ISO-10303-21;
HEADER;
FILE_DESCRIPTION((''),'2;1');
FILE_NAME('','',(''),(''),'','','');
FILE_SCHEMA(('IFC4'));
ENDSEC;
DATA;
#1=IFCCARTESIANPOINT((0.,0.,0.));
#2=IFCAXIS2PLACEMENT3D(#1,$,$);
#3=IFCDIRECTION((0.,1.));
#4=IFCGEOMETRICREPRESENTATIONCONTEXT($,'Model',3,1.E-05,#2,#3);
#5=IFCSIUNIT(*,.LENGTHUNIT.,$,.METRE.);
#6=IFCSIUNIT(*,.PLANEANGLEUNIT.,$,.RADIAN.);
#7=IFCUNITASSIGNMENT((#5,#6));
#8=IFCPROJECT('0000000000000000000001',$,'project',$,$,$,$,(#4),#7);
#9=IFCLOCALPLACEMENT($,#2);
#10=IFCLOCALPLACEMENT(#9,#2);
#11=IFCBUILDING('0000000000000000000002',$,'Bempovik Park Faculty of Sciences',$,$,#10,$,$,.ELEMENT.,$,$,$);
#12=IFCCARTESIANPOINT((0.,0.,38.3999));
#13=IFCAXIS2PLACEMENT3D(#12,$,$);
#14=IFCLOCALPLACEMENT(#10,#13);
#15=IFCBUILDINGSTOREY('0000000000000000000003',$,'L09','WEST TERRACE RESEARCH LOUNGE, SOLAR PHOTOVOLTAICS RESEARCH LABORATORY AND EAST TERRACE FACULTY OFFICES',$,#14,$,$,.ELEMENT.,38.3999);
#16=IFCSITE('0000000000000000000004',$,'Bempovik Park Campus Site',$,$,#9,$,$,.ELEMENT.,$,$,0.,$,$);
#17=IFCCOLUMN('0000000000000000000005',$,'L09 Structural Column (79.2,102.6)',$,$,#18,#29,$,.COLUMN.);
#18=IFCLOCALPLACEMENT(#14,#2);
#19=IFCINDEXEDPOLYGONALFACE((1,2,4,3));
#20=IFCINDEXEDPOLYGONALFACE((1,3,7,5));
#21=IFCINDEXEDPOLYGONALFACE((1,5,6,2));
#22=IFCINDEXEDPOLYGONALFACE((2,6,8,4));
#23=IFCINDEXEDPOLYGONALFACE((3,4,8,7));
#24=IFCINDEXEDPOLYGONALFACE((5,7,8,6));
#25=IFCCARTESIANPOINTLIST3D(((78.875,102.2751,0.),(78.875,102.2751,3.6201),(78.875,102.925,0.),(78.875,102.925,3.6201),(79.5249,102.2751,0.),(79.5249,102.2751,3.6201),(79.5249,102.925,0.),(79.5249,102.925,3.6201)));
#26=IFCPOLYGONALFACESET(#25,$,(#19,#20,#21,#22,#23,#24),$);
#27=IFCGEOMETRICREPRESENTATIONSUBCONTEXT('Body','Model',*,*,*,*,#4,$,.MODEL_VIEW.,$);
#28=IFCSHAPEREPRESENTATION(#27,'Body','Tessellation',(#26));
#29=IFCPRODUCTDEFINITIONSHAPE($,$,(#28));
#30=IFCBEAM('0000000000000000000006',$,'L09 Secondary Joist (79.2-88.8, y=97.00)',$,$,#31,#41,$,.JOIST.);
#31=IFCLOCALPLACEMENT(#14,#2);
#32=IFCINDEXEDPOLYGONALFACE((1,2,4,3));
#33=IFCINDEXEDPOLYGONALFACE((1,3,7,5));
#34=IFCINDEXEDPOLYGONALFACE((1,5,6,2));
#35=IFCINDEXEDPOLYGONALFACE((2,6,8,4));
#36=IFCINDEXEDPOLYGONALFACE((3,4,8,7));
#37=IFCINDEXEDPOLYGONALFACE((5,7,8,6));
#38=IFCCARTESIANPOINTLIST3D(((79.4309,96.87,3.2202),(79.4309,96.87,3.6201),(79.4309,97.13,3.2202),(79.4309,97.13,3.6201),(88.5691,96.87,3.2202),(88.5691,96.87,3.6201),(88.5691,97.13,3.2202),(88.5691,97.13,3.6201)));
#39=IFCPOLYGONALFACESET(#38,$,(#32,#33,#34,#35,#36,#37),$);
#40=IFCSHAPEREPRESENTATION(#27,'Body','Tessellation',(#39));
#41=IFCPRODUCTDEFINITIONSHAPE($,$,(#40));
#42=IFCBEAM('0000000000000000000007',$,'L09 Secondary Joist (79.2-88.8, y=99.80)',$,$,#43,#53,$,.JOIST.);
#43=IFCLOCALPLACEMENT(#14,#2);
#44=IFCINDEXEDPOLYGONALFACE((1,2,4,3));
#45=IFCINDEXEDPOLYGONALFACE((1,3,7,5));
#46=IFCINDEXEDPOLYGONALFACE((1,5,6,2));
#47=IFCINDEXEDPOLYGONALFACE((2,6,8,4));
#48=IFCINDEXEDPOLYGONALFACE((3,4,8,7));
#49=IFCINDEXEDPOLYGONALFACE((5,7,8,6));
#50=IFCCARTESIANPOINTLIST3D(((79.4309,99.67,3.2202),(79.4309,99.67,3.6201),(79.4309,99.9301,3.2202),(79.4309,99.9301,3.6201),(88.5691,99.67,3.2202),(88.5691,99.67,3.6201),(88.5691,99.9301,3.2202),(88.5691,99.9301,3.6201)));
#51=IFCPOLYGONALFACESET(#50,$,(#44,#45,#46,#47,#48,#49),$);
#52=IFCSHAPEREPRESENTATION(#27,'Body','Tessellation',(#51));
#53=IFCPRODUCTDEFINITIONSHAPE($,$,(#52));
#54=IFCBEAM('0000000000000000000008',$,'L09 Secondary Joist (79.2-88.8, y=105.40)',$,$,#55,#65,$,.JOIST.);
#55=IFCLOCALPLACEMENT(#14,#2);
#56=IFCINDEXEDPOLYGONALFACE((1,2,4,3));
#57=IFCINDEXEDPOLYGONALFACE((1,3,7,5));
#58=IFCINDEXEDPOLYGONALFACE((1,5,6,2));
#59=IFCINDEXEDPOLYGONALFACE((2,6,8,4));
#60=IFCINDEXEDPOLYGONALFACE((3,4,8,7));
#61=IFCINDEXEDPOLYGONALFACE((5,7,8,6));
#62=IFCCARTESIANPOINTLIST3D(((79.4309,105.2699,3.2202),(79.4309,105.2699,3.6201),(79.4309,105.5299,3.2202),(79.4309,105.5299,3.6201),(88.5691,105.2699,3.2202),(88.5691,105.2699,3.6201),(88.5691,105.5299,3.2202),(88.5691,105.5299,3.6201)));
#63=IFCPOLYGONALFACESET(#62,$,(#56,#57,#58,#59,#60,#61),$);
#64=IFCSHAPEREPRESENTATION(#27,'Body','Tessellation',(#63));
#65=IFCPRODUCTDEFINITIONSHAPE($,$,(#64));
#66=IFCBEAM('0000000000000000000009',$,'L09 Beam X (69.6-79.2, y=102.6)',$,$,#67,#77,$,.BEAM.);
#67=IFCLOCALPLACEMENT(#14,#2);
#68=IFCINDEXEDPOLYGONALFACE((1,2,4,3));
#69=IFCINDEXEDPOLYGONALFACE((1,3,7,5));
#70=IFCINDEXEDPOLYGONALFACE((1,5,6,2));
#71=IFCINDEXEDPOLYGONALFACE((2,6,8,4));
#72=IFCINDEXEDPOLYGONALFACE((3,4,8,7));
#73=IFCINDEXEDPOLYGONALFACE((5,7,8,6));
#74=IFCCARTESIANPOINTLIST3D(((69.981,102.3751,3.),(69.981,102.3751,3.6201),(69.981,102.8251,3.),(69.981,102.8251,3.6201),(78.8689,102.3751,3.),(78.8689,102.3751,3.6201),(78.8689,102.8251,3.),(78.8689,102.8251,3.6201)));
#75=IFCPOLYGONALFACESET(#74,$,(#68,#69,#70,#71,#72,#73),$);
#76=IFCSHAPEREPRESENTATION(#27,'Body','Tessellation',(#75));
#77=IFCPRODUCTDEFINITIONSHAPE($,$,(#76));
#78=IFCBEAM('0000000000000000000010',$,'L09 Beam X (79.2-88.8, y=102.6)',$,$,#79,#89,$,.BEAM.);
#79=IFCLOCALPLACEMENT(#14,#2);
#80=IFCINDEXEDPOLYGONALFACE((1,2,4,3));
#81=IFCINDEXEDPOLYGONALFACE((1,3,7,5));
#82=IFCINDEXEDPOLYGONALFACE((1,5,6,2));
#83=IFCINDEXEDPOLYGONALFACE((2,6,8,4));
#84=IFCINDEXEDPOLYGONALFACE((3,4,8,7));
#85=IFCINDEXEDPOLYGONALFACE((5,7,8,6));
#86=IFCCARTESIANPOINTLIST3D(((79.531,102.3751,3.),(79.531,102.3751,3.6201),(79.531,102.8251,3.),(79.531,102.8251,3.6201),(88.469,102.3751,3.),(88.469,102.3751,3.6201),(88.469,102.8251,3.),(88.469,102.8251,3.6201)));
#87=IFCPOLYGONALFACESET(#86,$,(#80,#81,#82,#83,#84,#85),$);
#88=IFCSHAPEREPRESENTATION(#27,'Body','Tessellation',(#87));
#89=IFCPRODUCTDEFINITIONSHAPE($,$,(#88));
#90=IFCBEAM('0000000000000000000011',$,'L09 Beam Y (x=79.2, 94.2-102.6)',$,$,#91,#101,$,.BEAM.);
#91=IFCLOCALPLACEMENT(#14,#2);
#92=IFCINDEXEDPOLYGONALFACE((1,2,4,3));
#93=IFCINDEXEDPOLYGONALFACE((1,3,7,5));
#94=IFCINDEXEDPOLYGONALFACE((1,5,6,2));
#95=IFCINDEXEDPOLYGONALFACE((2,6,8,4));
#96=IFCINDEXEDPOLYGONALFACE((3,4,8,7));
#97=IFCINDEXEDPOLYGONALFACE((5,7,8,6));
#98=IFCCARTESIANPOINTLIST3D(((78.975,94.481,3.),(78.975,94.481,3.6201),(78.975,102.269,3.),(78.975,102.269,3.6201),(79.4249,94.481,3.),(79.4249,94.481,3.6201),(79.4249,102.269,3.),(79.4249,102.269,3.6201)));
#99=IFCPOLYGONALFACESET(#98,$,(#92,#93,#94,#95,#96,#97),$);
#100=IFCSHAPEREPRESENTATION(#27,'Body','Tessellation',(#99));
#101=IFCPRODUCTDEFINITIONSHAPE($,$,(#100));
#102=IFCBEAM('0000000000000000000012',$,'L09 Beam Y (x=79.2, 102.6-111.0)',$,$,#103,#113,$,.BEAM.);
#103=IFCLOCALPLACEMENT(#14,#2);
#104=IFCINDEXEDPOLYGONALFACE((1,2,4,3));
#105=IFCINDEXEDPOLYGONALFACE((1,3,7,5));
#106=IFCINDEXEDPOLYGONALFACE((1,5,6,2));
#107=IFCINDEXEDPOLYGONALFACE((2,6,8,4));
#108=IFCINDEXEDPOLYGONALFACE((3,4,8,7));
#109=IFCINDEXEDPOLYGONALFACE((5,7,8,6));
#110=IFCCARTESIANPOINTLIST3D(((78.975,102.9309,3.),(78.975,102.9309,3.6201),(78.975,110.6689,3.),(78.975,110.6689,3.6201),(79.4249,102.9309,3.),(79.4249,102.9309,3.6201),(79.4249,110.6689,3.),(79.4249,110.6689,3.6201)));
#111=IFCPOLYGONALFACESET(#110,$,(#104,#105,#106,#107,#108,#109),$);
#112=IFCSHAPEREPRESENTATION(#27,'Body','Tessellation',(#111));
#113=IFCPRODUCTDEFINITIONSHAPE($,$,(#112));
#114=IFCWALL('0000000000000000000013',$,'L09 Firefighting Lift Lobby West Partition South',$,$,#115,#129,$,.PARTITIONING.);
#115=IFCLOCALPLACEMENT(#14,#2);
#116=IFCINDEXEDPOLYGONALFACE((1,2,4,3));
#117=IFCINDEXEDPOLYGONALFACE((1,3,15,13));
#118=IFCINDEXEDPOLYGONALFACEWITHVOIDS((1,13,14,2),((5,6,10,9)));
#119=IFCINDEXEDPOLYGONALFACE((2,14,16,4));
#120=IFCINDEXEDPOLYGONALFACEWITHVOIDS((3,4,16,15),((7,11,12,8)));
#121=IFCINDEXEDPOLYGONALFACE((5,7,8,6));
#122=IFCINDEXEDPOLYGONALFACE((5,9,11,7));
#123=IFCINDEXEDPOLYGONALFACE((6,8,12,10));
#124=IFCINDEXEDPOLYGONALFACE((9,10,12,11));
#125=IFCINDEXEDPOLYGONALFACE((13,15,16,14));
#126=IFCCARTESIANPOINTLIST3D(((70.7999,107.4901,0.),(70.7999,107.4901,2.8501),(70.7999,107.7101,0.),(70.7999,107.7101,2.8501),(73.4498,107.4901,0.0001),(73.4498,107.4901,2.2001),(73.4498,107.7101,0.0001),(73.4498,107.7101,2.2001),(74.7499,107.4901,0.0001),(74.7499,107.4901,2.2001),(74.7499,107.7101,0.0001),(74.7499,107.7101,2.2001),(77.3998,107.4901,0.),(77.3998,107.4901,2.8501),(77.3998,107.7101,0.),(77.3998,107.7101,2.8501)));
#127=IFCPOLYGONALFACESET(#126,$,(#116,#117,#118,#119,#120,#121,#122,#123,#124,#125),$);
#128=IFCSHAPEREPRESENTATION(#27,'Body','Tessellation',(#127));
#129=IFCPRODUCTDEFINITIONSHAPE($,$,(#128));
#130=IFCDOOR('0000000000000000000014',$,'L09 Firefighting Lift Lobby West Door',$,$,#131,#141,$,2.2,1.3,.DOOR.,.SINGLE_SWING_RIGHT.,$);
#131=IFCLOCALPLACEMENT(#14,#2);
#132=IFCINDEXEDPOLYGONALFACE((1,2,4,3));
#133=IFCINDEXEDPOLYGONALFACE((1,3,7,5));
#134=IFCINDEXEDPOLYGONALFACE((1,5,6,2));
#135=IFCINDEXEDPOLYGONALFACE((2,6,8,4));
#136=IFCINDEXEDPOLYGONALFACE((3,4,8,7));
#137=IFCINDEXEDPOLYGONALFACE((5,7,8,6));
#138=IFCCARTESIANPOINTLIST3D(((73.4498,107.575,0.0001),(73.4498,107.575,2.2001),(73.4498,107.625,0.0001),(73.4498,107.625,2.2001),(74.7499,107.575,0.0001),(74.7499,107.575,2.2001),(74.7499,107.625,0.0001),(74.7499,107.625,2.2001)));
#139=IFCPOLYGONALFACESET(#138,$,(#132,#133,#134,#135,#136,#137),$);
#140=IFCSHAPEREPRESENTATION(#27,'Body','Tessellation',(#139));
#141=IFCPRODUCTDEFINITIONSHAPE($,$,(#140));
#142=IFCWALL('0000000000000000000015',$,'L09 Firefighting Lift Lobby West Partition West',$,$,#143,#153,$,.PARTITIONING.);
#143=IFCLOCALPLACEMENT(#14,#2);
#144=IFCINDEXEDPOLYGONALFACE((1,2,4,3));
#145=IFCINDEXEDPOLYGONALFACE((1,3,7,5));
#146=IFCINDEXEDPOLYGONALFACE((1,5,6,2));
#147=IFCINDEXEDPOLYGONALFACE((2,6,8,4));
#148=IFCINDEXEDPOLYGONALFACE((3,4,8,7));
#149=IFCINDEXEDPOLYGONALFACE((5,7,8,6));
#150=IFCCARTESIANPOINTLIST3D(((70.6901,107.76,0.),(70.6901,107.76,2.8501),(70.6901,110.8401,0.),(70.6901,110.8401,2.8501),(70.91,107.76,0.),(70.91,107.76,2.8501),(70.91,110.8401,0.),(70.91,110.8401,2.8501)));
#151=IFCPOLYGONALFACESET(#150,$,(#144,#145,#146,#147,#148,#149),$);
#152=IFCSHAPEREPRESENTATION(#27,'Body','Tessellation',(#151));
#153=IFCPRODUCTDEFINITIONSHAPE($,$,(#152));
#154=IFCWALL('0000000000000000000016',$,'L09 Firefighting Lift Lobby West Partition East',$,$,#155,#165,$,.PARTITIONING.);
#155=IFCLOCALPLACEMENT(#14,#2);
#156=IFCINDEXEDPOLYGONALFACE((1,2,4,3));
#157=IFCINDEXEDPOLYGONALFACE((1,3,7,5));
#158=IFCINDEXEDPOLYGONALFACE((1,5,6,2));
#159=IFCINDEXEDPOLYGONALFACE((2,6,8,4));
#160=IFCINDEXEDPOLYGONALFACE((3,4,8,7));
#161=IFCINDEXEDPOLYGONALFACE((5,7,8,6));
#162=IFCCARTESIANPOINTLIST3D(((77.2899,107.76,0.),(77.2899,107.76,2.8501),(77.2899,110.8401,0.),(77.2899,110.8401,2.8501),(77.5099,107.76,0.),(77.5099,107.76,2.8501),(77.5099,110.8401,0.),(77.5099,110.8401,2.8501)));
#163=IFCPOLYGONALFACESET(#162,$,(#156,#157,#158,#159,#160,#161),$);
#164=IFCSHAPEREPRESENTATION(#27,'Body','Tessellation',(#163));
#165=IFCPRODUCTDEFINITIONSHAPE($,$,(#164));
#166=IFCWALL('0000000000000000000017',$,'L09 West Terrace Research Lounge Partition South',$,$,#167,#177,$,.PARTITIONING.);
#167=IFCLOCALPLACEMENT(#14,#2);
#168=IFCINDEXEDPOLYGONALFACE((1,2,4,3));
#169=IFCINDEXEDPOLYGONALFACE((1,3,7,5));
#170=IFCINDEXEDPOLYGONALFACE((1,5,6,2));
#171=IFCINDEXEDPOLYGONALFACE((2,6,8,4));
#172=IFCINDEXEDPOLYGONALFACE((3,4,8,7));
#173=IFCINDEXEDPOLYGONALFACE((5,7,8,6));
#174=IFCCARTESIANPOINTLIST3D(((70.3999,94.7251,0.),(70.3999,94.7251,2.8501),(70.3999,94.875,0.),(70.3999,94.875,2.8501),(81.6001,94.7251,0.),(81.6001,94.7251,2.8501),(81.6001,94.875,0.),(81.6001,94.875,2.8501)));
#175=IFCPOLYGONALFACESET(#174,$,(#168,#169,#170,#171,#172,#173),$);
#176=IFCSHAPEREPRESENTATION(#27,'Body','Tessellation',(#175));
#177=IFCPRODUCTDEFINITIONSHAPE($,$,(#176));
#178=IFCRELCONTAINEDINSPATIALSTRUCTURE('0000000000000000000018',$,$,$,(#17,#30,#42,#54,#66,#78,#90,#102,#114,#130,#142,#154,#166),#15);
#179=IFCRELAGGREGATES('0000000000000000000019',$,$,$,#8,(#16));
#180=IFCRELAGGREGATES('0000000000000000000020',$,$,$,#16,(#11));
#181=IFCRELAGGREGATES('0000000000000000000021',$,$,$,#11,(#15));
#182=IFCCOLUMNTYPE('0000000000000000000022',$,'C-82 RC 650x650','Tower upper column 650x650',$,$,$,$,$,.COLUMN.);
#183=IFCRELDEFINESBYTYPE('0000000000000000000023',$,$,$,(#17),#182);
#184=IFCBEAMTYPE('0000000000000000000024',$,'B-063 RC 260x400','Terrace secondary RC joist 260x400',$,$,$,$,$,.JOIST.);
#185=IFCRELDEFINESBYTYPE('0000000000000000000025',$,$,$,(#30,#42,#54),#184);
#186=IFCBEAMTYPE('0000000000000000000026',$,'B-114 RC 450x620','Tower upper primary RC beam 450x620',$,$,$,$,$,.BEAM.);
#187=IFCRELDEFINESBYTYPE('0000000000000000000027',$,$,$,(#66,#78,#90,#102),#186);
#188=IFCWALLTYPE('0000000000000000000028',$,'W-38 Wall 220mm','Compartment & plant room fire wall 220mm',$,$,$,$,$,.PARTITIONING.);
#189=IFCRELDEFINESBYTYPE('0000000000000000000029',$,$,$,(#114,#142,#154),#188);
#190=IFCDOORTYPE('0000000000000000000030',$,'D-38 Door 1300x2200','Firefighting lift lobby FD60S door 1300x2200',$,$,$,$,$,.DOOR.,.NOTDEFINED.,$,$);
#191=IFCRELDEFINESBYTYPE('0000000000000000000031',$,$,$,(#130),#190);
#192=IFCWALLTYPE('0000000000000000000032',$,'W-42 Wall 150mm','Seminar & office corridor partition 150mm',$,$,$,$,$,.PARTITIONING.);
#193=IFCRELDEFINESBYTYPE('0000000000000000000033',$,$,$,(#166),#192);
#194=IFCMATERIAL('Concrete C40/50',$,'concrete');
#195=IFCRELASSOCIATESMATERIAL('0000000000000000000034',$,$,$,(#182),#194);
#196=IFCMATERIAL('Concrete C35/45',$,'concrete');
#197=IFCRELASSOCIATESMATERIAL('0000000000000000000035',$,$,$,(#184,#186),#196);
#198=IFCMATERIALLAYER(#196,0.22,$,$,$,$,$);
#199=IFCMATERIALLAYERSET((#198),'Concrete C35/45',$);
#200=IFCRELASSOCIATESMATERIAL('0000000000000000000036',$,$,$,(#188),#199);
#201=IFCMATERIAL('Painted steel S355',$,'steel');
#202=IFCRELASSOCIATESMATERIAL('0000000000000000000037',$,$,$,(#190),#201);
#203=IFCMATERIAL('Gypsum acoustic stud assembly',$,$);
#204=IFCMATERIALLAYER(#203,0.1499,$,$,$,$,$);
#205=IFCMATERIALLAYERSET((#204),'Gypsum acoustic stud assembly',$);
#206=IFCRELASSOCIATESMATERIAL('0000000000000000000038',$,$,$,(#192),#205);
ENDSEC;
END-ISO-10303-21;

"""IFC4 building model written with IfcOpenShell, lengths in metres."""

from ifc_helpers import new_model, si_unit, direction, frame, frame_2d, origin, origin_2d, place, context, subcontext, project, spatial, rectangle, extrude, material, layer, layer_set, material_profile, profile_set, type_object, element, fill, save


model = new_model("IFC4")

# Units and contexts
model_context = context("Model", 3, precision=1e-05, world=origin(), true_north=direction((0.0, 1.0)))
body_context = subcontext(model_context, "Body", "Model", "MODEL_VIEW")
ifc_project = project(units=[si_unit("LENGTHUNIT", "METRE"), si_unit("PLANEANGLEUNIT", "RADIAN")], contexts=[model_context])

# Site, building, storey
site_placement = place(None, origin())
site = spatial("IfcSite", under=ifc_project, at=site_placement, Name="Bempovik Park Campus Site", CompositionType="ELEMENT", RefElevation=0.0)
building_placement = place(site_placement, origin())
building = spatial("IfcBuilding", under=site, at=building_placement, Name="Bempovik Park Faculty of Sciences", CompositionType="ELEMENT")
storey_placement = place(building_placement, frame((0.0, 0.0, 38.3999)))
storey = spatial("IfcBuildingStorey", under=building, at=storey_placement, Name="L09", Description="WEST TERRACE RESEARCH LOUNGE, SOLAR PHOTOVOLTAICS RESEARCH LABORATORY AND EAST TERRACE FACULTY OFFICES", CompositionType="ELEMENT", Elevation=38.3999)

# Column
ifc_material_1 = material(Name="Concrete C40/50", Category="concrete")
ifc_material_profile_1 = material_profile(ifc_material_1, rectangle(XDim=0.6499, YDim=0.6499, at=origin_2d()), Name="RC 650x650")
ifc_profile_set_1 = profile_set([ifc_material_profile_1], Name="Concrete C40/50")
column_type = type_object("IfcColumnType", Name="C-82 RC 650x650", Description="Tower upper column 650x650", PredefinedType="COLUMN", material=ifc_profile_set_1)
column_placement = place(storey_placement, frame((79.2, 102.6001, 0.0), z_axis=(0.0, 0.0, 1.0), x_axis=(1.0, 0.0, 0.0)))
element("IfcColumn", 1, at=column_placement, inside=storey, type_object=column_type, Name="L09 Structural Column (79.2,102.6)", PredefinedType="COLUMN", context=body_context, shape_type="SweptSolid", body=[
    extrude(rectangle(XDim=0.6499, YDim=0.6499, at=origin_2d()), origin(), (0.0, 0.0, 1.0), 3.6201),
])

# Beams
ifc_material_2 = material(Name="Concrete C35/45", Category="concrete")
ifc_material_profile_2 = material_profile(ifc_material_2, rectangle(XDim=0.26, YDim=0.3999, at=origin_2d()), Name="RC 260x400")
ifc_profile_set_2 = profile_set([ifc_material_profile_2], Name="Concrete C35/45")
beam_type_1 = type_object("IfcBeamType", Name="B-063 RC 260x400", Description="Terrace secondary RC joist 260x400", PredefinedType="JOIST", material=ifc_profile_set_2)
for number, where, z_axis, x_axis, name in (
    (2, (79.4309, 97.0, 3.4202), (1.0, 0.0, 0.0), (0.0, 1.0, 0.0), "L09 Secondary Joist (79.2-88.8, y=97.00)"),
    (3, (79.4309, 99.8, 3.4202), (1.0, 0.0, 0.0), (0.0, 1.0, 0.0), "L09 Secondary Joist (79.2-88.8, y=99.80)"),
    (4, (79.4309, 105.3999, 3.4202), (1.0, 0.0, 0.0), (0.0, 1.0, 0.0), "L09 Secondary Joist (79.2-88.8, y=105.40)"),
):
    element("IfcBeam", number, at=place(storey_placement, frame(where, z_axis=z_axis, x_axis=x_axis)), inside=storey, type_object=beam_type_1, Name=name, PredefinedType="JOIST", context=body_context, shape_type="SweptSolid", body=[
        extrude(rectangle(XDim=0.26, YDim=0.3999, at=origin_2d()), origin(), (0.0, 0.0, 1.0), 9.1382),
    ])
ifc_material_profile_3 = material_profile(ifc_material_2, rectangle(XDim=0.45, YDim=0.6201, at=origin_2d()), Name="RC 450x620")
ifc_profile_set_3 = profile_set([ifc_material_profile_3], Name="Concrete C35/45")
beam_type_2 = type_object("IfcBeamType", Name="B-114 RC 450x620", Description="Tower upper primary RC beam 450x620", PredefinedType="BEAM", material=ifc_profile_set_3)
beam_1_placement = place(storey_placement, frame((69.981, 102.6001, 3.3101), z_axis=(1.0, 0.0, 0.0), x_axis=(0.0, 1.0, 0.0)))
element("IfcBeam", 5, at=beam_1_placement, inside=storey, type_object=beam_type_2, Name="L09 Beam X (69.6-79.2, y=102.6)", PredefinedType="BEAM", context=body_context, shape_type="SweptSolid", body=[
    extrude(rectangle(XDim=0.45, YDim=0.6201, at=origin_2d()), origin(), (0.0, 0.0, 1.0), 8.8879),
])
beam_2_placement = place(storey_placement, frame((79.531, 102.6001, 3.3101), z_axis=(1.0, 0.0, 0.0), x_axis=(0.0, 1.0, 0.0)))
element("IfcBeam", 6, at=beam_2_placement, inside=storey, type_object=beam_type_2, Name="L09 Beam X (79.2-88.8, y=102.6)", PredefinedType="BEAM", context=body_context, shape_type="SweptSolid", body=[
    extrude(rectangle(XDim=0.45, YDim=0.6201, at=origin_2d()), origin(), (0.0, 0.0, 1.0), 8.938),
])
beam_3_placement = place(storey_placement, frame((79.2, 94.481, 3.3101), z_axis=(0.0, 1.0, 0.0), x_axis=(-1.0, 0.0, 0.0)))
element("IfcBeam", 7, at=beam_3_placement, inside=storey, type_object=beam_type_2, Name="L09 Beam Y (x=79.2, 94.2-102.6)", PredefinedType="BEAM", context=body_context, shape_type="SweptSolid", body=[
    extrude(rectangle(XDim=0.45, YDim=0.6201, at=origin_2d()), origin(), (0.0, 0.0, 1.0), 7.7881),
])
beam_4_placement = place(storey_placement, frame((79.2, 102.9309, 3.3101), z_axis=(0.0, 1.0, 0.0), x_axis=(-1.0, 0.0, 0.0)))
element("IfcBeam", 8, at=beam_4_placement, inside=storey, type_object=beam_type_2, Name="L09 Beam Y (x=79.2, 102.6-111.0)", PredefinedType="BEAM", context=body_context, shape_type="SweptSolid", body=[
    extrude(rectangle(XDim=0.45, YDim=0.6201, at=origin_2d()), origin(), (0.0, 0.0, 1.0), 7.738),
])

# Wall, opening, door
ifc_material_3 = material(Name="Gypsum acoustic stud assembly")
ifc_layer_1 = layer(ifc_material_2, 0.22)
ifc_layer_set_1 = layer_set([ifc_layer_1], Name="Concrete C35/45")
wall_type_1 = type_object("IfcWallType", Name="W-38 Wall 220mm", Description="Compartment & plant room fire wall 220mm", PredefinedType="PARTITIONING", material=ifc_layer_set_1)
wall_1_placement = place(storey_placement, frame((70.8, 107.6001, 0.0), z_axis=(0.0, 0.0, 1.0), x_axis=(1.0, 0.0, 0.0)))
wall_1 = element("IfcWall", 9, at=wall_1_placement, inside=storey, type_object=wall_type_1, Name="L09 Firefighting Lift Lobby West Partition South", PredefinedType="PARTITIONING", context=body_context, shape_type="SweptSolid", body=[
    extrude(rectangle(XDim=6.5999, YDim=0.22, at=frame_2d((3.2998, 0.0))), origin(), (0.0, 0.0, 1.0), 2.8501),
])
opening_1_placement = place(wall_1_placement, frame((2.6499, 0.0, 0.0)))
opening_1 = element("IfcOpeningElement", 10, at=opening_1_placement, cuts=wall_1, PredefinedType="OPENING", context=body_context, shape_type="SweptSolid", body=[
    extrude(rectangle(XDim=1.3, YDim=2.2, at=frame_2d((0.6499, 1.1001))), frame((0.0, 0.1201, 0.0), z_axis=(0.0, -1.0, 0.0), x_axis=(1.0, 0.0, 0.0)), (0.0, 0.0, 1.0), 0.24),
])
ifc_material_4 = material(Name="Painted steel S355", Category="steel")
door_type_1 = type_object("IfcDoorType", Name="D-38 Door 1300x2200", Description="Firefighting lift lobby FD60S door 1300x2200", OperationType="NOTDEFINED", PredefinedType="DOOR", material=ifc_material_4)
door_1_placement = place(opening_1_placement, origin())
door_1 = element("IfcDoor", 11, at=door_1_placement, inside=storey, type_object=door_type_1, Name="L09 Firefighting Lift Lobby West Door", OperationType="SINGLE_SWING_RIGHT", OverallHeight=2.2, OverallWidth=1.3, PredefinedType="DOOR", context=body_context, shape_type="SweptSolid", body=[
    extrude(rectangle(XDim=1.3, YDim=2.2, at=frame_2d((0.6499, 1.1001))), frame((0.0, 0.0249, 0.0), z_axis=(0.0, -1.0, 0.0), x_axis=(1.0, 0.0, 0.0)), (0.0, 0.0, 1.0), 0.05),
])
fill(opening_1, door_1)

# Walls
for number, where, z_axis, x_axis, name in (
    (12, (70.8, 107.76, 0.0), (0.0, 0.0, 1.0), (0.0, 1.0, 0.0), "L09 Firefighting Lift Lobby West Partition West"),
    (13, (77.3999, 107.76, 0.0), (0.0, 0.0, 1.0), (0.0, 1.0, 0.0), "L09 Firefighting Lift Lobby West Partition East"),
):
    element("IfcWall", number, at=place(storey_placement, frame(where, z_axis=z_axis, x_axis=x_axis)), inside=storey, type_object=wall_type_1, Name=name, PredefinedType="PARTITIONING", context=body_context, shape_type="SweptSolid", body=[
        extrude(rectangle(XDim=3.0801, YDim=0.22, at=frame_2d((1.54, 0.0))), origin(), (0.0, 0.0, 1.0), 2.8501),
    ])
ifc_layer_2 = layer(ifc_material_3, 0.1499)
ifc_layer_set_2 = layer_set([ifc_layer_2], Name="Gypsum acoustic stud assembly")
wall_type_2 = type_object("IfcWallType", Name="W-42 Wall 150mm", Description="Seminar & office corridor partition 150mm", PredefinedType="PARTITIONING", material=ifc_layer_set_2)
wall_2_placement = place(storey_placement, frame((70.3999, 94.8, 0.0), z_axis=(0.0, 0.0, 1.0), x_axis=(1.0, 0.0, 0.0)))
element("IfcWall", 14, at=wall_2_placement, inside=storey, type_object=wall_type_2, Name="L09 West Terrace Research Lounge Partition South", PredefinedType="PARTITIONING", context=body_context, shape_type="SweptSolid", body=[
    extrude(rectangle(XDim=11.2002, YDim=0.1499, at=frame_2d((5.6001, 0.0))), origin(), (0.0, 0.0, 1.0), 2.8501),
])

save(model, "model.ifc")
